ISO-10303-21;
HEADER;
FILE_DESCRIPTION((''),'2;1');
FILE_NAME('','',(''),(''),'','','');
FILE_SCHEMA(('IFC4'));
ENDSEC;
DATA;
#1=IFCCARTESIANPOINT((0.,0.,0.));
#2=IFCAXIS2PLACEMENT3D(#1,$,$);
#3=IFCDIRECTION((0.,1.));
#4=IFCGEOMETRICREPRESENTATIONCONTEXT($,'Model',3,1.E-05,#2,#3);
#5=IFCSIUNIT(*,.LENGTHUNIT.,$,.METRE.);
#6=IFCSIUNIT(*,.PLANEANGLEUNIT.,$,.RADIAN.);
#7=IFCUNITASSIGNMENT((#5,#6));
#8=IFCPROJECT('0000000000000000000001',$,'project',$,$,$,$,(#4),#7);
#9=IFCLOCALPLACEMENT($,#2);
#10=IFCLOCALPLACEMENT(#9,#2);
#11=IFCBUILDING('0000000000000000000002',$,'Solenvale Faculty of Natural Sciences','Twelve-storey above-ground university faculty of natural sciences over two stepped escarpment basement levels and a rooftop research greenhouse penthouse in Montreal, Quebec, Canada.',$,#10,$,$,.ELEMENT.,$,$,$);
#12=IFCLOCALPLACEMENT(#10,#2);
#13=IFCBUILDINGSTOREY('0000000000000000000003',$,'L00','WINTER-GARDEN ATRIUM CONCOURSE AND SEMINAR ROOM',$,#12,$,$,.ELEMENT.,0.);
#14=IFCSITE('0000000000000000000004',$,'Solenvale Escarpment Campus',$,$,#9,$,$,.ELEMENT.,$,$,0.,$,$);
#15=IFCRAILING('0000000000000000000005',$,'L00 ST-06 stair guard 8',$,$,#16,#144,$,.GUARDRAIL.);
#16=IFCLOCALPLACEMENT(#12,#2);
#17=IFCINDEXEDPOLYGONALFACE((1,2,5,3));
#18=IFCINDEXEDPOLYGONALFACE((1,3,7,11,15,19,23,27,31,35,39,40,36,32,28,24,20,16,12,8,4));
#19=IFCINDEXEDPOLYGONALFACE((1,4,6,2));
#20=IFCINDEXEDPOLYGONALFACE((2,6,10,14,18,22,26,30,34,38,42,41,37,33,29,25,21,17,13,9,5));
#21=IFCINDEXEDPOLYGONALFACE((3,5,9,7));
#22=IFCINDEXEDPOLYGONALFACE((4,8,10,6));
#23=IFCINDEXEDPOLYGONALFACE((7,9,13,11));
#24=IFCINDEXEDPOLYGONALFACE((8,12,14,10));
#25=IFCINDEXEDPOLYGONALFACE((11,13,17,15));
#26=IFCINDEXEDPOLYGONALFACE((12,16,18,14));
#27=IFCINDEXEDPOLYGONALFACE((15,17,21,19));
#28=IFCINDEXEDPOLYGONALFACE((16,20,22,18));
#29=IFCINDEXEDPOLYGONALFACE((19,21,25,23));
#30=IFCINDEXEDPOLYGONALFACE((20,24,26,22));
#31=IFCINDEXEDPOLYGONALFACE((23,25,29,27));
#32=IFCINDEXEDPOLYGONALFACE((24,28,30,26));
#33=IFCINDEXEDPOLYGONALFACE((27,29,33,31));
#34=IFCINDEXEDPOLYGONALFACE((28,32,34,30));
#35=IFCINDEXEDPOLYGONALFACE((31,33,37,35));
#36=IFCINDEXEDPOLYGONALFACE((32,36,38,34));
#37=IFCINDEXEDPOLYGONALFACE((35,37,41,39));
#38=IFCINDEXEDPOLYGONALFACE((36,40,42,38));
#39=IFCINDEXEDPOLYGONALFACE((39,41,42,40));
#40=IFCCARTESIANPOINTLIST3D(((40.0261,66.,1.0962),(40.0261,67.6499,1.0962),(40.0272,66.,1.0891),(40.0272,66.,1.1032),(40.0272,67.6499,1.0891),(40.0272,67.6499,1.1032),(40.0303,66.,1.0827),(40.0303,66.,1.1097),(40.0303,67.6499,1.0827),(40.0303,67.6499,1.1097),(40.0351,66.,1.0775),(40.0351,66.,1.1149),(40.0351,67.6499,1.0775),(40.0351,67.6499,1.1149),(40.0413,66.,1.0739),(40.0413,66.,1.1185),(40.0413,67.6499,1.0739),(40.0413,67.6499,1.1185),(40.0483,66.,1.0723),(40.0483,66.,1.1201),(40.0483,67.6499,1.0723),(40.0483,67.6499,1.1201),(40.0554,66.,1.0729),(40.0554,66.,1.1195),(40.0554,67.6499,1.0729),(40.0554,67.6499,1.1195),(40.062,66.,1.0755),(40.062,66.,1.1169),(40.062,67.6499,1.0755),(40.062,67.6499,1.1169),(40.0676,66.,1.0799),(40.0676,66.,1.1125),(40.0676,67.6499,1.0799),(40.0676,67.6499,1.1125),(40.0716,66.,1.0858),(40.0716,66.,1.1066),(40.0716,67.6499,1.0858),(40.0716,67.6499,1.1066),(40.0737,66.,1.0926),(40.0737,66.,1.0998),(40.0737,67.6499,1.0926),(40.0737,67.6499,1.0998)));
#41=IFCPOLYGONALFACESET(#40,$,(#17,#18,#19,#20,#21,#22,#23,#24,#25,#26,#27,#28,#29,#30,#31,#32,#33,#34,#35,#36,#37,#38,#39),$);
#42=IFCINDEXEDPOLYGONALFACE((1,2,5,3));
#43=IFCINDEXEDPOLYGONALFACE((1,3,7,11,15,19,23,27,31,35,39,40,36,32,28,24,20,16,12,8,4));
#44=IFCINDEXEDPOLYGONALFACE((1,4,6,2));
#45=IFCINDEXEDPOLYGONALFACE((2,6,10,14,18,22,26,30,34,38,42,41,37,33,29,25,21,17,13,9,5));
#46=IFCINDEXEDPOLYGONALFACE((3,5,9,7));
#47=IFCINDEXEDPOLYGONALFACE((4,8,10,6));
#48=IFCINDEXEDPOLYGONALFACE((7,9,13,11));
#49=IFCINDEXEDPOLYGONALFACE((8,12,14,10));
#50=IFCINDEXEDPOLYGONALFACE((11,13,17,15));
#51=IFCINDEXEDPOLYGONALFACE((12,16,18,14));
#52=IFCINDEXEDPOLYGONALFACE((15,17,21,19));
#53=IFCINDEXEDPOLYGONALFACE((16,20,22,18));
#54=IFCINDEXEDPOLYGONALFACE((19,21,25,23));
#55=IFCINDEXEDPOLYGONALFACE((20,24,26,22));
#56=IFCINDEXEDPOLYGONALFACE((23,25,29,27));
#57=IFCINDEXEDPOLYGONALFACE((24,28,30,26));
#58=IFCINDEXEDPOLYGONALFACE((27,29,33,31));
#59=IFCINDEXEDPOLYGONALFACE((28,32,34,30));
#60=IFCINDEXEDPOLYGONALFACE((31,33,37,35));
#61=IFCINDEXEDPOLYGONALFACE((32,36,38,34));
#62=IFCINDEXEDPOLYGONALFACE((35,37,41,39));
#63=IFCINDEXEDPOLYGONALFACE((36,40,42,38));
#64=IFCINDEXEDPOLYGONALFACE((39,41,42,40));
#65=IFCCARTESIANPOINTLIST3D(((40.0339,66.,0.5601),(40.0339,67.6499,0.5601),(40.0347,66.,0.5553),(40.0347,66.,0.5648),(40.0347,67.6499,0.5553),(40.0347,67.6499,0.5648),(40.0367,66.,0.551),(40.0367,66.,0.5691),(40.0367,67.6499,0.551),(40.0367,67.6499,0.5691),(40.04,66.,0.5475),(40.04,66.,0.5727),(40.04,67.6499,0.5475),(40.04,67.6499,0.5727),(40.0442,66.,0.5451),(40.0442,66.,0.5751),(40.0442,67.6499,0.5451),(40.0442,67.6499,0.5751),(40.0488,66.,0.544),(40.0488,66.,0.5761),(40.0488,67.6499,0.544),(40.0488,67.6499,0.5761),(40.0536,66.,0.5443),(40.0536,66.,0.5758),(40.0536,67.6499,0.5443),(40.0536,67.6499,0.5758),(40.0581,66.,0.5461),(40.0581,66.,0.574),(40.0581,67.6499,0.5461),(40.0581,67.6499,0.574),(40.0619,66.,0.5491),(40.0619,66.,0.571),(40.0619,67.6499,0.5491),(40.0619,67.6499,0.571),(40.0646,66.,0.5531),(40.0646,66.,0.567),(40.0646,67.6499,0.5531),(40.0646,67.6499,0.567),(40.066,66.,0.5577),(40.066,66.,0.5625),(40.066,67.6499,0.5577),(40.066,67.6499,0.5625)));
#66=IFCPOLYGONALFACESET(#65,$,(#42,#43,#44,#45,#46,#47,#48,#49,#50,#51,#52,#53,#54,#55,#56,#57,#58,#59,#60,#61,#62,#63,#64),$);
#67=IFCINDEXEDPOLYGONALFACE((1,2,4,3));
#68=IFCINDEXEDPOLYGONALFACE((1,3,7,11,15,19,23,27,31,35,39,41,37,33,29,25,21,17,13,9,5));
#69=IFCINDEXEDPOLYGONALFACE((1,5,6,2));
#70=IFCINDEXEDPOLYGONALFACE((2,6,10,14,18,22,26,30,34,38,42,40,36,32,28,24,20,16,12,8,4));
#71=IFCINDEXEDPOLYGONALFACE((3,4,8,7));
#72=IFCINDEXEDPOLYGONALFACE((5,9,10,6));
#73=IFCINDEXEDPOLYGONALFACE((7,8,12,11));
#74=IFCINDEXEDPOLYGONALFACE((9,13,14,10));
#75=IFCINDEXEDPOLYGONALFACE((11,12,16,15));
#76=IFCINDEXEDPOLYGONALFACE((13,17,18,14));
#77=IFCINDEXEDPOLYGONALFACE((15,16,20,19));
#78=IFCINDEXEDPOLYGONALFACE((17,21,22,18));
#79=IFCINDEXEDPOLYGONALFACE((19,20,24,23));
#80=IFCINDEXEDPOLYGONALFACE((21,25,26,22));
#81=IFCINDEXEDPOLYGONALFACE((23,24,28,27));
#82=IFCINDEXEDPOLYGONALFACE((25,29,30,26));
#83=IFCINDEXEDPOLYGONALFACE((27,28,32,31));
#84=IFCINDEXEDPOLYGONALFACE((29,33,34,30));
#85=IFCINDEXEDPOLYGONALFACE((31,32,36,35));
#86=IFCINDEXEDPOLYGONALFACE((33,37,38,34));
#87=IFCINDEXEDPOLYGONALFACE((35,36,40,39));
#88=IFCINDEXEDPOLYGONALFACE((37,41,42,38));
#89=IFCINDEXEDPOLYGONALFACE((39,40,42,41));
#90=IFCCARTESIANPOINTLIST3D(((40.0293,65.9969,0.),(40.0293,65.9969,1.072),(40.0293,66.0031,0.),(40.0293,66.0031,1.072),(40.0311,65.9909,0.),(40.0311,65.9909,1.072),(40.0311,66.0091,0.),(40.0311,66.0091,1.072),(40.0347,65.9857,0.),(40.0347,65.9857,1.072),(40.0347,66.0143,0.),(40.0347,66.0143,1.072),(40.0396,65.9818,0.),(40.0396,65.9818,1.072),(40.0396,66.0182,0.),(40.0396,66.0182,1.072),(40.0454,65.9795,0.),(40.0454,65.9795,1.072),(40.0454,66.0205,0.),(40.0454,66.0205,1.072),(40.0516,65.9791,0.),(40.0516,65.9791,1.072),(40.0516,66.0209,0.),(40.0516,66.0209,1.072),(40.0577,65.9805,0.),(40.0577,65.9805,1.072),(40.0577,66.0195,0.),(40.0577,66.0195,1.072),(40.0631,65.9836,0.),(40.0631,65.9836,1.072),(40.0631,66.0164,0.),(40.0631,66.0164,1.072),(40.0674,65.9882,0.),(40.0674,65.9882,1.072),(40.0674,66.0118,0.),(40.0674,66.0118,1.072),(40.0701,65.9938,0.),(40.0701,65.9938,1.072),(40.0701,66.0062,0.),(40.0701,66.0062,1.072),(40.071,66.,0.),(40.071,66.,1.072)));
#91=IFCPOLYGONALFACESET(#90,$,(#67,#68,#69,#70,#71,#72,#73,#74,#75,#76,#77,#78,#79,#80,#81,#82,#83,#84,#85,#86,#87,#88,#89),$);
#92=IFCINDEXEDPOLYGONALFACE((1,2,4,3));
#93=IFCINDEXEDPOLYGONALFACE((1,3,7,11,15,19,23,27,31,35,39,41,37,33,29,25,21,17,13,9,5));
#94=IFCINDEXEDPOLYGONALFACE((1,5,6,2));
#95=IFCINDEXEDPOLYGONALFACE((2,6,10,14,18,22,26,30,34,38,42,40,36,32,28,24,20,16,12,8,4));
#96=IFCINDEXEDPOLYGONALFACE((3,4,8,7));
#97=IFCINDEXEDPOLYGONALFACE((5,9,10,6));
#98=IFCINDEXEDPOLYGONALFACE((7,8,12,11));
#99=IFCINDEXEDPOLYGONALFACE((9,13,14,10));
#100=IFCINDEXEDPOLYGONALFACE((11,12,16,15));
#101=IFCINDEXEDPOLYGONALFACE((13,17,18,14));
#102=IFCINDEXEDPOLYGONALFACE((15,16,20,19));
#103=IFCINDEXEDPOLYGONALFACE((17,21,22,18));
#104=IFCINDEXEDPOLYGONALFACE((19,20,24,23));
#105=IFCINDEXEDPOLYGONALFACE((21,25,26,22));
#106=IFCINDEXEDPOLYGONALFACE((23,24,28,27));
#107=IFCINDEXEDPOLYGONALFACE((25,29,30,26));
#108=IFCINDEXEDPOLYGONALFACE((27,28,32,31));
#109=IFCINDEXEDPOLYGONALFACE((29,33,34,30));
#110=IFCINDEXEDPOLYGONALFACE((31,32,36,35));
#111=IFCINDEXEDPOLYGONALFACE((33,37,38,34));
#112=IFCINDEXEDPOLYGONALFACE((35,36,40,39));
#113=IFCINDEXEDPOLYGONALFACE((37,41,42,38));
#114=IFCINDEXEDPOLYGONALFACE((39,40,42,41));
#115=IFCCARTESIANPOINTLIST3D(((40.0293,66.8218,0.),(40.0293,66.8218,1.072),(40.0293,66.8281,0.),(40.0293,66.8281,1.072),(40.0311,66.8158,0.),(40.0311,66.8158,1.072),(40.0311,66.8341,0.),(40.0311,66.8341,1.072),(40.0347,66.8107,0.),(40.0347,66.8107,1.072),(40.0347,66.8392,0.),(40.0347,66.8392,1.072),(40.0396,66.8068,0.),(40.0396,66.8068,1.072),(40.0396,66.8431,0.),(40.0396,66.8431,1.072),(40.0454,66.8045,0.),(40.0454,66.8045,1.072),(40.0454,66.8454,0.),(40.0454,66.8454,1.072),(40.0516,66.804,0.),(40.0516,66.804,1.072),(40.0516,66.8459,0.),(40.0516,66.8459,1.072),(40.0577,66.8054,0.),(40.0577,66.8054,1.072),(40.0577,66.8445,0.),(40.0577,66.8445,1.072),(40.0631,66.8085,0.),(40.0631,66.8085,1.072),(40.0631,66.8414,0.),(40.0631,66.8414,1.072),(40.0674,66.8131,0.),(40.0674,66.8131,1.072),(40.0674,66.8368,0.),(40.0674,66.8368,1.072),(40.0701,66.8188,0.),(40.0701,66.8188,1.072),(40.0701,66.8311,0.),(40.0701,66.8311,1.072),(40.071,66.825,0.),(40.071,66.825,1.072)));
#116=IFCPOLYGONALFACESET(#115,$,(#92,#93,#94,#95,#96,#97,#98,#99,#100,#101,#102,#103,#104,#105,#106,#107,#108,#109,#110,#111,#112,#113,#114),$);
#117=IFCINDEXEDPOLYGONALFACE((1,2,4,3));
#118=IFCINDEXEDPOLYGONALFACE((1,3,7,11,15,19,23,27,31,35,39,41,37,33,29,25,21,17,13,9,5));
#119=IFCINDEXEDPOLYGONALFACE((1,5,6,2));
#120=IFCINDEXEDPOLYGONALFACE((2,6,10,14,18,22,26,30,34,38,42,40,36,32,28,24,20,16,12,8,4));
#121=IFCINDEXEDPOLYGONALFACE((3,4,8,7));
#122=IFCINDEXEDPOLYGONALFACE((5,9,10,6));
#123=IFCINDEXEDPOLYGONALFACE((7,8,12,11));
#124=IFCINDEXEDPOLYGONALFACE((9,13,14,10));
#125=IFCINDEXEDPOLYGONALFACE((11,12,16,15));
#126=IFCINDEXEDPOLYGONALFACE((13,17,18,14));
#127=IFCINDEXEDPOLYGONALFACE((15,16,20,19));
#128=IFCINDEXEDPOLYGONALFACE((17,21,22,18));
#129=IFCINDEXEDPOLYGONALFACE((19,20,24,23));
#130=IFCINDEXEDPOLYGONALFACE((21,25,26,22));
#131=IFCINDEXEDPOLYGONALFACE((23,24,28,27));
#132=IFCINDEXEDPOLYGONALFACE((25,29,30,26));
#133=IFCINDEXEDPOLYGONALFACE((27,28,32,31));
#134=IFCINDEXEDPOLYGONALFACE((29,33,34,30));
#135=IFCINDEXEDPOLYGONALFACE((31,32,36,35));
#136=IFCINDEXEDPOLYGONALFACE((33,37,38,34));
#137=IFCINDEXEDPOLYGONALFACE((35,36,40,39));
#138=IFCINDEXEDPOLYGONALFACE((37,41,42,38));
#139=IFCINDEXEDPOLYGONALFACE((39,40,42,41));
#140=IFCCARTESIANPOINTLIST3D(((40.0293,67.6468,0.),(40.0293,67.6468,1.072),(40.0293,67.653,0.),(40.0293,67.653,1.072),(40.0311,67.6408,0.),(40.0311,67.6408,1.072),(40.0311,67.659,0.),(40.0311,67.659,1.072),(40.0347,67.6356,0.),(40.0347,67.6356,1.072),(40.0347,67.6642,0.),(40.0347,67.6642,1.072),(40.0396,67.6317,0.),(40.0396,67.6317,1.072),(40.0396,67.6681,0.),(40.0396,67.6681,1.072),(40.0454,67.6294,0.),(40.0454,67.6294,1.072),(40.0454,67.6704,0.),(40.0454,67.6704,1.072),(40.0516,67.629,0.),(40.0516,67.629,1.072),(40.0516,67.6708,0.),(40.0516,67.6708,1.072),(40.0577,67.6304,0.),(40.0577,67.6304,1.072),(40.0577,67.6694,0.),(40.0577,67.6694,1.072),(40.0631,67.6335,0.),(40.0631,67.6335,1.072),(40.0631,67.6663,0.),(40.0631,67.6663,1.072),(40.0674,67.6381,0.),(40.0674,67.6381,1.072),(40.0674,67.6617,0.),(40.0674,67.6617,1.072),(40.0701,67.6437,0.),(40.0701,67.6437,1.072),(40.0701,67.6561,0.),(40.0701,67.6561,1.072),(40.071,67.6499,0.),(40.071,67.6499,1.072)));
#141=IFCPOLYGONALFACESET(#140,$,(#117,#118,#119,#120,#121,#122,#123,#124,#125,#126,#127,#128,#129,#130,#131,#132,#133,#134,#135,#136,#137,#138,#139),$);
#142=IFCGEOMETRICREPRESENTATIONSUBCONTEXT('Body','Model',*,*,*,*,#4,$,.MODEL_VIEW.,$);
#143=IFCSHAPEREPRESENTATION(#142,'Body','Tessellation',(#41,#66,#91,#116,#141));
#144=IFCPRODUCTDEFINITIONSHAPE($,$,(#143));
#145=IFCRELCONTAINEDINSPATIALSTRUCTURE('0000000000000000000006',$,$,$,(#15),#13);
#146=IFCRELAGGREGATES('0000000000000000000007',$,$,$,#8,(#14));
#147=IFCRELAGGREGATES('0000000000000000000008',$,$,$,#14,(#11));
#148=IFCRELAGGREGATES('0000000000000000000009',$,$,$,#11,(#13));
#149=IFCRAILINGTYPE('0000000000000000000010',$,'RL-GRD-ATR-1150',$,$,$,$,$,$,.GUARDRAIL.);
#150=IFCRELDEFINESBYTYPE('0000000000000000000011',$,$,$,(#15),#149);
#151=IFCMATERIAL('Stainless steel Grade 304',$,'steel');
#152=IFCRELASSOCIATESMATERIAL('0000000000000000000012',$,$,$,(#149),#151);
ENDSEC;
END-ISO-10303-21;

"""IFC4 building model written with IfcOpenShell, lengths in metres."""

from ifc_helpers import new_model, si_unit, direction, frame, origin, origin_2d, place, context, subcontext, project, spatial, circle, extrude, material, type_object, element, save


model = new_model("IFC4")

# Units and contexts
model_context = context("Model", 3, precision=1e-05, world=origin(), true_north=direction((0.0, 1.0)))
body_context = subcontext(model_context, "Body", "Model", "MODEL_VIEW")
ifc_project = project(units=[si_unit("LENGTHUNIT", "METRE"), si_unit("PLANEANGLEUNIT", "RADIAN")], contexts=[model_context])

# Site, building, storey
site_placement = place(None, origin())
site = spatial("IfcSite", under=ifc_project, at=site_placement, Name="Solenvale Escarpment Campus", CompositionType="ELEMENT", RefElevation=0.0)
building_placement = place(site_placement, origin())
building = spatial("IfcBuilding", under=site, at=building_placement, Name="Solenvale Faculty of Natural Sciences", Description="Twelve-storey above-ground university faculty of natural sciences over two stepped escarpment basement levels and a rooftop research greenhouse penthouse in Montreal, Quebec, Canada.", CompositionType="ELEMENT")
storey_placement = place(building_placement, origin())
storey = spatial("IfcBuildingStorey", under=building, at=storey_placement, Name="L00", Description="WINTER-GARDEN ATRIUM CONCOURSE AND SEMINAR ROOM", CompositionType="ELEMENT", Elevation=0.0)

# Railing
ifc_material_1 = material(Name="Stainless steel Grade 304", Category="steel")
railing_type_1 = type_object("IfcRailingType", Name="RL-GRD-ATR-1150", PredefinedType="GUARDRAIL", material=ifc_material_1)
railing_1_placement = place(storey_placement, frame((40.05, 66.0, 0.0)))
element("IfcRailing", 1, at=railing_1_placement, inside=storey, type_object=railing_type_1, Name="L00 ST-06 stair guard 8", PredefinedType="GUARDRAIL", context=body_context, shape_type="SweptSolid", body=[
    extrude(circle(Radius=0.0239, at=origin_2d()), frame((0.0, 0.0, 1.0962), z_axis=(0.0, 1.0, 0.0), x_axis=(-1.0, 0.0, 0.0)), (0.0, 0.0, 1.0), 1.6499),
    extrude(circle(Radius=0.0161, at=origin_2d()), frame((0.0, 0.0, 0.5601), z_axis=(0.0, 1.0, 0.0), x_axis=(-1.0, 0.0, 0.0)), (0.0, 0.0, 1.0), 1.6499),
    extrude(circle(Radius=0.021, at=origin_2d()), origin(), (0.0, 0.0, 1.0), 1.072),
    extrude(circle(Radius=0.021, at=origin_2d()), frame((0.0, 0.825, 0.0)), (0.0, 0.0, 1.0), 1.072),
    extrude(circle(Radius=0.021, at=origin_2d()), frame((0.0, 1.6499, 0.0)), (0.0, 0.0, 1.0), 1.072),
])

save(model, "model.ifc")
